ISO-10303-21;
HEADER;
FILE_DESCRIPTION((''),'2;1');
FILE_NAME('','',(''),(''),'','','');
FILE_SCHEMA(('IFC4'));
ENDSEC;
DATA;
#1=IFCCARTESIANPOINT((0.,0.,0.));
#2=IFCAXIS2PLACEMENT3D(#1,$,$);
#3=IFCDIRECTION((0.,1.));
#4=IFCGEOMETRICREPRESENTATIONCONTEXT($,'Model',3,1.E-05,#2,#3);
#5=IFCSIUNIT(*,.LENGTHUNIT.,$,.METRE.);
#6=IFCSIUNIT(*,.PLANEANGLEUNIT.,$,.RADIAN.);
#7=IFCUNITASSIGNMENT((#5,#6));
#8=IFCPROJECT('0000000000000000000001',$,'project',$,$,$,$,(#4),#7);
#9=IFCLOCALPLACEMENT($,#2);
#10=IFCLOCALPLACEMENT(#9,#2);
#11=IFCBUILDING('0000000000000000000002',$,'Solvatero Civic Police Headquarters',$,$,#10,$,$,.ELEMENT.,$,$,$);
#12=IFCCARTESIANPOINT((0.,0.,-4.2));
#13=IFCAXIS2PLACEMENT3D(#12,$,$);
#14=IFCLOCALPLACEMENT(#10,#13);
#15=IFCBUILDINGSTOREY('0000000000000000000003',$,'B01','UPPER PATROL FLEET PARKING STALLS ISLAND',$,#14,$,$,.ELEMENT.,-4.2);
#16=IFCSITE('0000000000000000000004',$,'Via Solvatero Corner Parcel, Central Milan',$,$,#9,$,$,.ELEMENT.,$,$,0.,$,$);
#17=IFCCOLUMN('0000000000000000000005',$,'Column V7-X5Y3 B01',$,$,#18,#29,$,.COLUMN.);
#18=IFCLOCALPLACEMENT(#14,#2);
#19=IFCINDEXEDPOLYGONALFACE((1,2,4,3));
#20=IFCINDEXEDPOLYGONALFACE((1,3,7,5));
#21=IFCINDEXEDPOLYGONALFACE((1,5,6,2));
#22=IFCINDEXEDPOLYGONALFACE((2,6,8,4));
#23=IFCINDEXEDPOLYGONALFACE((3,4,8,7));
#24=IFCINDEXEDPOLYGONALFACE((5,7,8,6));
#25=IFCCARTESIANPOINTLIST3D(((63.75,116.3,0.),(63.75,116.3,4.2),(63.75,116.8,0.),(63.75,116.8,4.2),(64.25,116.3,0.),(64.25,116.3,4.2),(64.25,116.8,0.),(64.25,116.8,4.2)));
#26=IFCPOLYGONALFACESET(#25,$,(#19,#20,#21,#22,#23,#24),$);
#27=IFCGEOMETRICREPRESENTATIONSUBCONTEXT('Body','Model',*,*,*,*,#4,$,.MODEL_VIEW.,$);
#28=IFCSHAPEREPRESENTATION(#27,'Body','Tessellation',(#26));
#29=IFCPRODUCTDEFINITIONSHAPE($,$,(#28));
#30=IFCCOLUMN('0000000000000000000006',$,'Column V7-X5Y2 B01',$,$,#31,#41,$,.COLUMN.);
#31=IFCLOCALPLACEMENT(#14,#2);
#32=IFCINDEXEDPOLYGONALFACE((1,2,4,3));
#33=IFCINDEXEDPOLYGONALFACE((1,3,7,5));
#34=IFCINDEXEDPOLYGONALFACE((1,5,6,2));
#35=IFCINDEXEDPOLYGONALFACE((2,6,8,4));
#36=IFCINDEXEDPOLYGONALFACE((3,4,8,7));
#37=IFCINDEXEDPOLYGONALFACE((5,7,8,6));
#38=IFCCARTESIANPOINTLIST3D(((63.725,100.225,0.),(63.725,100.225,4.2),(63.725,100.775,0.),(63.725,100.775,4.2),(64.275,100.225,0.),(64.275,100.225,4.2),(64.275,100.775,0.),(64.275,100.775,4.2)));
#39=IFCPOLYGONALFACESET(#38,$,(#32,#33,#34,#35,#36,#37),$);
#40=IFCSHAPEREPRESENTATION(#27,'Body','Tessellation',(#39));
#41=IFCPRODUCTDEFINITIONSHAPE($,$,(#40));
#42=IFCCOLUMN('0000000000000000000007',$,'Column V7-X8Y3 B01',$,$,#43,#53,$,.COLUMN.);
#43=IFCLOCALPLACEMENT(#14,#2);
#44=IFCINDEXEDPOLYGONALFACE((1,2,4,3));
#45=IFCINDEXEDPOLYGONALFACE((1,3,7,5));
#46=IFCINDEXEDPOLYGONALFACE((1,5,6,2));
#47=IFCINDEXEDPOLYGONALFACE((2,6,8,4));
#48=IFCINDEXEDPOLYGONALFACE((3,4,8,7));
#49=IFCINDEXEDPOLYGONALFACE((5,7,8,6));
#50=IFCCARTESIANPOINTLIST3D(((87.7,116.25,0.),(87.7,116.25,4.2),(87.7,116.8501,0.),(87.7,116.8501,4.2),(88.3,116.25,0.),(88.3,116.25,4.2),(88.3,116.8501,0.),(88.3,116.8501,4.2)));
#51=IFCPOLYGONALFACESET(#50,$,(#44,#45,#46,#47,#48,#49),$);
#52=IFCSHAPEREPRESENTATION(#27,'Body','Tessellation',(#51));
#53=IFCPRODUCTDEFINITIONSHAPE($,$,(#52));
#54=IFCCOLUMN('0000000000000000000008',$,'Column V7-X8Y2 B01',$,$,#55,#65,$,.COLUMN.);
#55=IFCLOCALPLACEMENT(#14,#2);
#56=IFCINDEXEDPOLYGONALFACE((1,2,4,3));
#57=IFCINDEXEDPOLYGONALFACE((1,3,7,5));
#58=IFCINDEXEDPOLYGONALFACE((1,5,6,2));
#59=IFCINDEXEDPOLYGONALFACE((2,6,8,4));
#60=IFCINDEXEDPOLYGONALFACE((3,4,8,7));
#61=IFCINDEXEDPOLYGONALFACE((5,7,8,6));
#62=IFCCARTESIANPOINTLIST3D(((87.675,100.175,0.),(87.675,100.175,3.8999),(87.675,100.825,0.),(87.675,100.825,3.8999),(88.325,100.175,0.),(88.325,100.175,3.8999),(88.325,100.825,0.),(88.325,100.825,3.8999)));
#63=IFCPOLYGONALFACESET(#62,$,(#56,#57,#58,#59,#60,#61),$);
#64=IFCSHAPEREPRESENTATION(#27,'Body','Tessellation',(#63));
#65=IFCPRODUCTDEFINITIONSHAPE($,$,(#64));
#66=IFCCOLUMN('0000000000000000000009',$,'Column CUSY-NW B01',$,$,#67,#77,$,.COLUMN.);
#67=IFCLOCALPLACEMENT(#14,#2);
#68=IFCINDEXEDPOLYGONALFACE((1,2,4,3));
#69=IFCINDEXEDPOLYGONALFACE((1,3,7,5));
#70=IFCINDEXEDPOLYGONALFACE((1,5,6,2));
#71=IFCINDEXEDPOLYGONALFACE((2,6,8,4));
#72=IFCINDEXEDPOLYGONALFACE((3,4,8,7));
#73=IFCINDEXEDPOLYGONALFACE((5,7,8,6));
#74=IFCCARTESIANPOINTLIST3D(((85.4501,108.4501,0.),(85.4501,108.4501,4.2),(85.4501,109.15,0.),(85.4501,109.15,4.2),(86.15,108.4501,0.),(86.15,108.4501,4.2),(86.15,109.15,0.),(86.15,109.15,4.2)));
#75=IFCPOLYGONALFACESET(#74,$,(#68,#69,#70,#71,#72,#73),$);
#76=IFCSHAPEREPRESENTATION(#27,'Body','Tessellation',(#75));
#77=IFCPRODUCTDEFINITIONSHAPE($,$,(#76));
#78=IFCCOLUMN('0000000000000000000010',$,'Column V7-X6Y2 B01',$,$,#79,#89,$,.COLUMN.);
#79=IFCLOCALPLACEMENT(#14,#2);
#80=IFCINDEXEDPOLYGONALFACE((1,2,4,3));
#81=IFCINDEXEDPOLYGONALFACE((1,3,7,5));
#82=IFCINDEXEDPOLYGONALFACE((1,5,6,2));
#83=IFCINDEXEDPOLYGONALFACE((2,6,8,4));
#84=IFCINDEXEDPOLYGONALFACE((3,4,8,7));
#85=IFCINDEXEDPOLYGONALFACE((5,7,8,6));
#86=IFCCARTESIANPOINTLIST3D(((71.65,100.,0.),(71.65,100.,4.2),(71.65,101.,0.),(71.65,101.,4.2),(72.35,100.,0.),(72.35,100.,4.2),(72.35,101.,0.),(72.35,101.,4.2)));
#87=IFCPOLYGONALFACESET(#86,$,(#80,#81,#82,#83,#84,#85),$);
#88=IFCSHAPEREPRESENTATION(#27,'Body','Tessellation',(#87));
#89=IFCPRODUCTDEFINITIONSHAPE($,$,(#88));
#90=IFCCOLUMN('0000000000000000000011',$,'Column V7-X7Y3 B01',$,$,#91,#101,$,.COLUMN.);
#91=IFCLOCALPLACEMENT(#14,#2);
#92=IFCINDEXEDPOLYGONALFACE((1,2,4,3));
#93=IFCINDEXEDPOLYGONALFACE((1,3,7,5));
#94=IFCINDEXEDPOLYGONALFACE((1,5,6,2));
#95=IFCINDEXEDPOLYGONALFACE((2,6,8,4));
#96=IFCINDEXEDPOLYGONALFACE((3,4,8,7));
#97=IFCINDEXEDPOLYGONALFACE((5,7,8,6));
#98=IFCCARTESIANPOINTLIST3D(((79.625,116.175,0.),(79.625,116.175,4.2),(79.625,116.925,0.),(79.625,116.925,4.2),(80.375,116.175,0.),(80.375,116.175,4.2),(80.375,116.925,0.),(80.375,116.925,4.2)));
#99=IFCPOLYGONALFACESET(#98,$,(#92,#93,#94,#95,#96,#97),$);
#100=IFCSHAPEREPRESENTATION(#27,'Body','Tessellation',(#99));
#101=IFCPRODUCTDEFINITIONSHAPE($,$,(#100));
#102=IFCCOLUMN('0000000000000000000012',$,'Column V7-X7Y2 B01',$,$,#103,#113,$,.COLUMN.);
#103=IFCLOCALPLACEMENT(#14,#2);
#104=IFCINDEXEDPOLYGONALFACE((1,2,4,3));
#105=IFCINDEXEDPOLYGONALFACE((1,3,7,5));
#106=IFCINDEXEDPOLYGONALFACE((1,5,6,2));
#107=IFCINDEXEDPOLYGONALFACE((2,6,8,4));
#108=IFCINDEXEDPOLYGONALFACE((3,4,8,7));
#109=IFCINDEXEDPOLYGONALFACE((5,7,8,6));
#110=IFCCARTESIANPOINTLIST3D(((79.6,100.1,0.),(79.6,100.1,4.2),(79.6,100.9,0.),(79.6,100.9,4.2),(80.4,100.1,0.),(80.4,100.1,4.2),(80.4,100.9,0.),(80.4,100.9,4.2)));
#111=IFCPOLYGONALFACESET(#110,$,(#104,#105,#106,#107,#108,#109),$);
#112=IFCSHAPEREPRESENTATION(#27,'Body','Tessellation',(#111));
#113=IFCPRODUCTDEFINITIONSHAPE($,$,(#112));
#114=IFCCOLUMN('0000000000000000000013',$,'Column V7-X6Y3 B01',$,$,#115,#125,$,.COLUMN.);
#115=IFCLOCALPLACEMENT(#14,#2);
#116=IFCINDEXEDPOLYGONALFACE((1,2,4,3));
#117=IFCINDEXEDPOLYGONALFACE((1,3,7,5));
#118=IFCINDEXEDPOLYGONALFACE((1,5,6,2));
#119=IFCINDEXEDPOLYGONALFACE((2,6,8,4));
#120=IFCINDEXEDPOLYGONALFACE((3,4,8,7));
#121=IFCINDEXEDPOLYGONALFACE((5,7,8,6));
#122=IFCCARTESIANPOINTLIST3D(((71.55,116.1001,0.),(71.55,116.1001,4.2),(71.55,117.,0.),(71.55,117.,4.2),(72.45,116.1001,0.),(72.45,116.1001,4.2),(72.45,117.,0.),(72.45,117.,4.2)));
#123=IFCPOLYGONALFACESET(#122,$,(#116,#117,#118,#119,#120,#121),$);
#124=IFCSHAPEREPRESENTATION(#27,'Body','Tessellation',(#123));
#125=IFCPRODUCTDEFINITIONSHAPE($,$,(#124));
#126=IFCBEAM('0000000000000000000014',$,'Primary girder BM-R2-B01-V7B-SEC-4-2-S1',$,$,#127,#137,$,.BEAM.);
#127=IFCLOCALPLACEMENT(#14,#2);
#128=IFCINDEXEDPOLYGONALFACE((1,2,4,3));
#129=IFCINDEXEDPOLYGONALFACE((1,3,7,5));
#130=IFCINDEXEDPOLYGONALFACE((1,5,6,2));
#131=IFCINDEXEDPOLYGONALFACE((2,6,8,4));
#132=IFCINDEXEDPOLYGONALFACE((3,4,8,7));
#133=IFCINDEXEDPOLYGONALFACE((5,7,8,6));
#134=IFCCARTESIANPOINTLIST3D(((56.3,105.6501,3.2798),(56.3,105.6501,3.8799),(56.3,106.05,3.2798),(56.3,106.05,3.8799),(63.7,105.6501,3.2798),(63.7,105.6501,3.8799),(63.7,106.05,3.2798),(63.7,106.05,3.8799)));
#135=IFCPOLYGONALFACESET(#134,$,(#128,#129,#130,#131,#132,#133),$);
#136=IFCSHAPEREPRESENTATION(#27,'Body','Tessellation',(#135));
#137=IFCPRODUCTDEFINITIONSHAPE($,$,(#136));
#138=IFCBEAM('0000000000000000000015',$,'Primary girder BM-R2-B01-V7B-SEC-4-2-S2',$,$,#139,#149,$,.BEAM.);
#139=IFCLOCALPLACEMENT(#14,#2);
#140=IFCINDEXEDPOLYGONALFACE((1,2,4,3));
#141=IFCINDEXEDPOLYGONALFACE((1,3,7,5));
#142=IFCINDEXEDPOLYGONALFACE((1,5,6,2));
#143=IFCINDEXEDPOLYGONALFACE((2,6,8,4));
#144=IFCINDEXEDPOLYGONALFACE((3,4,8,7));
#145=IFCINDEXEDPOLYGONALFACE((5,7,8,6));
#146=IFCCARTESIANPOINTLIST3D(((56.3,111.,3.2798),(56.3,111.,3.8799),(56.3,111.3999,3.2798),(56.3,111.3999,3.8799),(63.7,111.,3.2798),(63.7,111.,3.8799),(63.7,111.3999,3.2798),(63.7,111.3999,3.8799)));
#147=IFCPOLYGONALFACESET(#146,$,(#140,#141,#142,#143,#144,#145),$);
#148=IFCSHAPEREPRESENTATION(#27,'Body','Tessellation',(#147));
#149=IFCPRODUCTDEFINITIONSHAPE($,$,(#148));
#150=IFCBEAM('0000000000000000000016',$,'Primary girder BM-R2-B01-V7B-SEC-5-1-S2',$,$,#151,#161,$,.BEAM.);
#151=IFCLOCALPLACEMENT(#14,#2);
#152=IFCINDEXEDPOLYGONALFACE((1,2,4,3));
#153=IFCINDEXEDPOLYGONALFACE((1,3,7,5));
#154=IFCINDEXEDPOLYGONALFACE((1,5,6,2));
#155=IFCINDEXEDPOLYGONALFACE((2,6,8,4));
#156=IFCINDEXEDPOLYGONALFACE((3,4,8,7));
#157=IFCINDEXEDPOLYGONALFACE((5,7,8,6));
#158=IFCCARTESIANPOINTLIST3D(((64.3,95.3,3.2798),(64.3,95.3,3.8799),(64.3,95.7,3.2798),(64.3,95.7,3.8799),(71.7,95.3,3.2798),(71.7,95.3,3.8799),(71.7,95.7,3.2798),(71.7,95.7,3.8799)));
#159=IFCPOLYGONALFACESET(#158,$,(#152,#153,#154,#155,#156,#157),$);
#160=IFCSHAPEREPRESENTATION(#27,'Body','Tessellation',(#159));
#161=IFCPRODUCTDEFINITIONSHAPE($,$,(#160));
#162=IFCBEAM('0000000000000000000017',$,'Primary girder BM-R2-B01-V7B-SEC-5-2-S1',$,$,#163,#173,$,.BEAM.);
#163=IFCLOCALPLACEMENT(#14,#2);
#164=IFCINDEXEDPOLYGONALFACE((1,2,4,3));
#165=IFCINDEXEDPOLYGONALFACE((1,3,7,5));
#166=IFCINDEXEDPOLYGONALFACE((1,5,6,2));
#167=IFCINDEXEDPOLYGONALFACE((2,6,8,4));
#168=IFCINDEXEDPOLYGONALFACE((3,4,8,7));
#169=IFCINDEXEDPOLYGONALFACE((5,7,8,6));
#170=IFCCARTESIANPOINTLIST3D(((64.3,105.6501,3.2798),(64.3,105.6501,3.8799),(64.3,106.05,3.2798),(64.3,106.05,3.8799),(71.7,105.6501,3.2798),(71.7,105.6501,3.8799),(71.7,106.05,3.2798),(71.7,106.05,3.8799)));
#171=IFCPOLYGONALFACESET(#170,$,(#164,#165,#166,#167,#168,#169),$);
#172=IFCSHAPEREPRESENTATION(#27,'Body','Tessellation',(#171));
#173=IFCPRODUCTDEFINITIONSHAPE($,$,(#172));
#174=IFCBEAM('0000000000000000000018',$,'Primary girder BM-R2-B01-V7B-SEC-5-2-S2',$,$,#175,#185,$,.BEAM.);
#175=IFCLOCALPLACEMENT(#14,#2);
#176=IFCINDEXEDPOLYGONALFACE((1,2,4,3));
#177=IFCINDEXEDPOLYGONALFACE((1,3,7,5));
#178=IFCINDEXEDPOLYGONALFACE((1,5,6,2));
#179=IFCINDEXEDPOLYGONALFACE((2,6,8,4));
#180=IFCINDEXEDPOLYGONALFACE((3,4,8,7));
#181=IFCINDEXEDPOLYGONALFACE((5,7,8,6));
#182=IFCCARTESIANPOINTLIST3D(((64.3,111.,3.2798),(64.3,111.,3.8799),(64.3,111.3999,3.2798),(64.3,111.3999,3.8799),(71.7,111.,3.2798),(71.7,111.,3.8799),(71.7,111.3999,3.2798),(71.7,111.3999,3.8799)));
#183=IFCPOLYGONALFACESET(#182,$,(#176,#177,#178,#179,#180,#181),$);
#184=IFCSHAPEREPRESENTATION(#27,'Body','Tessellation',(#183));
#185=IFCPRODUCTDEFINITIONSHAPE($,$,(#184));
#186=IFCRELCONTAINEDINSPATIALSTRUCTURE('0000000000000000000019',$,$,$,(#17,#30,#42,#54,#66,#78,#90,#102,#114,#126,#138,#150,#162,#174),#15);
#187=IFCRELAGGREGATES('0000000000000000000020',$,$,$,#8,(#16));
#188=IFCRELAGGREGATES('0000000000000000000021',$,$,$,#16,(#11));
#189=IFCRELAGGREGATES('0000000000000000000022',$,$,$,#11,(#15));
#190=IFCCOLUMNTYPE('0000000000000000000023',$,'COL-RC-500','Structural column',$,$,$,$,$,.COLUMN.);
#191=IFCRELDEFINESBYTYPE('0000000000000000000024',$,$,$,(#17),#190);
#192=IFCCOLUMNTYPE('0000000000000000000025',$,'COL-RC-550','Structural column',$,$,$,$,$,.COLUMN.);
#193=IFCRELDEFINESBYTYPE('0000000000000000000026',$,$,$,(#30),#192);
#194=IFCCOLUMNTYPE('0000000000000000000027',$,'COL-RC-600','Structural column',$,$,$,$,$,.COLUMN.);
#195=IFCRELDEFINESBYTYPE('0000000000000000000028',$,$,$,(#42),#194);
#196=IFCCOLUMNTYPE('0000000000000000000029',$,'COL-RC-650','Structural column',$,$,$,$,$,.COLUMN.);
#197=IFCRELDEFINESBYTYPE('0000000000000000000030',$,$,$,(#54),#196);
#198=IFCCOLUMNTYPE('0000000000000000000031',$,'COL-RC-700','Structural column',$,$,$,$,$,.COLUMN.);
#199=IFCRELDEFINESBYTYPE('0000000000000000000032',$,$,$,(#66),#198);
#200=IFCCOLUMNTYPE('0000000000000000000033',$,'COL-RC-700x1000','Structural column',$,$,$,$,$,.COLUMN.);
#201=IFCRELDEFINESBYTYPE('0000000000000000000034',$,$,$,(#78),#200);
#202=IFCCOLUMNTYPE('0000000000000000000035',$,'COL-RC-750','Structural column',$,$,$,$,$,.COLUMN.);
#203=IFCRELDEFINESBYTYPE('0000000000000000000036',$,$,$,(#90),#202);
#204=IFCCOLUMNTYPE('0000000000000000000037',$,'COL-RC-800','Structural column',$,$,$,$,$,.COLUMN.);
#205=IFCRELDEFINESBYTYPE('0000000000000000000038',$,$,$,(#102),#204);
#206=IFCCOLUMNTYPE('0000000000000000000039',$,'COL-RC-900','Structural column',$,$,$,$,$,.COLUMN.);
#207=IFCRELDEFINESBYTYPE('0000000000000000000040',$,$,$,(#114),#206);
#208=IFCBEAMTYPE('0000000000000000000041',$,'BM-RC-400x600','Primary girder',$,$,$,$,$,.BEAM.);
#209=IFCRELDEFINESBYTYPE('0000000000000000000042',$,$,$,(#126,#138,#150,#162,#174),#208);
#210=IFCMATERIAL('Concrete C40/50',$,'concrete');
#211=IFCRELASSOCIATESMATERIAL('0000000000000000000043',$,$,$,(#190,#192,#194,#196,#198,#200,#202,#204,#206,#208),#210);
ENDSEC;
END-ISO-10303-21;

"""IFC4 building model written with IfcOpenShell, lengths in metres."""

from ifc_helpers import new_model, si_unit, direction, frame, origin, origin_2d, place, context, subcontext, project, spatial, rectangle, extrude, material, material_profile, profile_set, type_object, element, save


model = new_model("IFC4")

# Units and contexts
model_context = context("Model", 3, precision=1e-05, world=origin(), true_north=direction((0.0, 1.0)))
body_context = subcontext(model_context, "Body", "Model", "MODEL_VIEW")
ifc_project = project(units=[si_unit("LENGTHUNIT", "METRE"), si_unit("PLANEANGLEUNIT", "RADIAN")], contexts=[model_context])

# Site, building, storey
site_placement = place(None, origin())
site = spatial("IfcSite", under=ifc_project, at=site_placement, Name="Via Solvatero Corner Parcel, Central Milan", CompositionType="ELEMENT", RefElevation=0.0)
building_placement = place(site_placement, origin())
building = spatial("IfcBuilding", under=site, at=building_placement, Name="Solvatero Civic Police Headquarters", CompositionType="ELEMENT")
storey_placement = place(building_placement, frame((0.0, 0.0, -4.2)))
storey = spatial("IfcBuildingStorey", under=building, at=storey_placement, Name="B01", Description="UPPER PATROL FLEET PARKING STALLS ISLAND", CompositionType="ELEMENT", Elevation=-4.2)

# Columns
ifc_material_1 = material(Name="Concrete C40/50", Category="concrete")
ifc_material_profile_1 = material_profile(ifc_material_1, rectangle(XDim=0.5, YDim=0.5, at=origin_2d()), Name="RC 500x500")
ifc_profile_set_1 = profile_set([ifc_material_profile_1], Name="Concrete C40/50")
column_type_1 = type_object("IfcColumnType", Name="COL-RC-500", Description="Structural column", PredefinedType="COLUMN", material=ifc_profile_set_1)
column_1_placement = place(storey_placement, frame((64.0, 116.55, 0.0), z_axis=(0.0, 0.0, 1.0), x_axis=(1.0, 0.0, 0.0)))
element("IfcColumn", 1, at=column_1_placement, inside=storey, type_object=column_type_1, Name="Column V7-X5Y3 B01", PredefinedType="COLUMN", context=body_context, shape_type="SweptSolid", body=[
    extrude(rectangle(XDim=0.5, YDim=0.5, at=origin_2d()), origin(), (0.0, 0.0, 1.0), 4.2),
])
ifc_material_profile_2 = material_profile(ifc_material_1, rectangle(XDim=0.55, YDim=0.55, at=origin_2d()), Name="RC 550x550")
ifc_profile_set_2 = profile_set([ifc_material_profile_2], Name="Concrete C40/50")
column_type_2 = type_object("IfcColumnType", Name="COL-RC-550", Description="Structural column", PredefinedType="COLUMN", material=ifc_profile_set_2)
column_2_placement = place(storey_placement, frame((64.0, 100.5, 0.0), z_axis=(0.0, 0.0, 1.0), x_axis=(1.0, 0.0, 0.0)))
element("IfcColumn", 2, at=column_2_placement, inside=storey, type_object=column_type_2, Name="Column V7-X5Y2 B01", PredefinedType="COLUMN", context=body_context, shape_type="SweptSolid", body=[
    extrude(rectangle(XDim=0.55, YDim=0.55, at=origin_2d()), origin(), (0.0, 0.0, 1.0), 4.2),
])
ifc_material_profile_3 = material_profile(ifc_material_1, rectangle(XDim=0.6001, YDim=0.6001, at=origin_2d()), Name="RC 600x600")
ifc_profile_set_3 = profile_set([ifc_material_profile_3], Name="Concrete C40/50")
column_type_3 = type_object("IfcColumnType", Name="COL-RC-600", Description="Structural column", PredefinedType="COLUMN", material=ifc_profile_set_3)
column_3_placement = place(storey_placement, frame((88.0, 116.55, 0.0), z_axis=(0.0, 0.0, 1.0), x_axis=(1.0, 0.0, 0.0)))
element("IfcColumn", 3, at=column_3_placement, inside=storey, type_object=column_type_3, Name="Column V7-X8Y3 B01", PredefinedType="COLUMN", context=body_context, shape_type="SweptSolid", body=[
    extrude(rectangle(XDim=0.6001, YDim=0.6001, at=origin_2d()), origin(), (0.0, 0.0, 1.0), 4.2),
])
ifc_material_profile_4 = material_profile(ifc_material_1, rectangle(XDim=0.6499, YDim=0.6499, at=origin_2d()), Name="RC 650x650")
ifc_profile_set_4 = profile_set([ifc_material_profile_4], Name="Concrete C40/50")
column_type_4 = type_object("IfcColumnType", Name="COL-RC-650", Description="Structural column", PredefinedType="COLUMN", material=ifc_profile_set_4)
column_4_placement = place(storey_placement, frame((88.0, 100.5, 0.0), z_axis=(0.0, 0.0, 1.0), x_axis=(1.0, 0.0, 0.0)))
element("IfcColumn", 4, at=column_4_placement, inside=storey, type_object=column_type_4, Name="Column V7-X8Y2 B01", PredefinedType="COLUMN", context=body_context, shape_type="SweptSolid", body=[
    extrude(rectangle(XDim=0.6499, YDim=0.6499, at=origin_2d()), origin(), (0.0, 0.0, 1.0), 3.8999),
])
ifc_material_profile_5 = material_profile(ifc_material_1, rectangle(XDim=0.7, YDim=0.7, at=origin_2d()), Name="RC 700x700")
ifc_profile_set_5 = profile_set([ifc_material_profile_5], Name="Concrete C40/50")
column_type_5 = type_object("IfcColumnType", Name="COL-RC-700", Description="Structural column", PredefinedType="COLUMN", material=ifc_profile_set_5)
column_5_placement = place(storey_placement, frame((85.8, 108.8, 0.0), z_axis=(0.0, 0.0, 1.0), x_axis=(1.0, 0.0, 0.0)))
element("IfcColumn", 5, at=column_5_placement, inside=storey, type_object=column_type_5, Name="Column CUSY-NW B01", PredefinedType="COLUMN", context=body_context, shape_type="SweptSolid", body=[
    extrude(rectangle(XDim=0.7, YDim=0.7, at=origin_2d()), origin(), (0.0, 0.0, 1.0), 4.2),
])
ifc_material_profile_6 = material_profile(ifc_material_1, rectangle(XDim=0.7, YDim=1.0, at=origin_2d()), Name="RC 700x1000")
ifc_profile_set_6 = profile_set([ifc_material_profile_6], Name="Concrete C40/50")
column_type_6 = type_object("IfcColumnType", Name="COL-RC-700x1000", Description="Structural column", PredefinedType="COLUMN", material=ifc_profile_set_6)
column_6_placement = place(storey_placement, frame((72.0, 100.5, 0.0), z_axis=(0.0, 0.0, 1.0), x_axis=(1.0, 0.0, 0.0)))
element("IfcColumn", 6, at=column_6_placement, inside=storey, type_object=column_type_6, Name="Column V7-X6Y2 B01", PredefinedType="COLUMN", context=body_context, shape_type="SweptSolid", body=[
    extrude(rectangle(XDim=0.7, YDim=1.0, at=origin_2d()), origin(), (0.0, 0.0, 1.0), 4.2),
])
ifc_material_profile_7 = material_profile(ifc_material_1, rectangle(XDim=0.75, YDim=0.75, at=origin_2d()), Name="RC 750x750")
ifc_profile_set_7 = profile_set([ifc_material_profile_7], Name="Concrete C40/50")
column_type_7 = type_object("IfcColumnType", Name="COL-RC-750", Description="Structural column", PredefinedType="COLUMN", material=ifc_profile_set_7)
column_7_placement = place(storey_placement, frame((80.0, 116.55, 0.0), z_axis=(0.0, 0.0, 1.0), x_axis=(1.0, 0.0, 0.0)))
element("IfcColumn", 7, at=column_7_placement, inside=storey, type_object=column_type_7, Name="Column V7-X7Y3 B01", PredefinedType="COLUMN", context=body_context, shape_type="SweptSolid", body=[
    extrude(rectangle(XDim=0.75, YDim=0.75, at=origin_2d()), origin(), (0.0, 0.0, 1.0), 4.2),
])
ifc_material_profile_8 = material_profile(ifc_material_1, rectangle(XDim=0.8, YDim=0.8, at=origin_2d()), Name="RC 800x800")
ifc_profile_set_8 = profile_set([ifc_material_profile_8], Name="Concrete C40/50")
column_type_8 = type_object("IfcColumnType", Name="COL-RC-800", Description="Structural column", PredefinedType="COLUMN", material=ifc_profile_set_8)
column_8_placement = place(storey_placement, frame((80.0, 100.5, 0.0), z_axis=(0.0, 0.0, 1.0), x_axis=(1.0, 0.0, 0.0)))
element("IfcColumn", 8, at=column_8_placement, inside=storey, type_object=column_type_8, Name="Column V7-X7Y2 B01", PredefinedType="COLUMN", context=body_context, shape_type="SweptSolid", body=[
    extrude(rectangle(XDim=0.8, YDim=0.8, at=origin_2d()), origin(), (0.0, 0.0, 1.0), 4.2),
])
ifc_material_profile_9 = material_profile(ifc_material_1, rectangle(XDim=0.8999, YDim=0.8999, at=origin_2d()), Name="RC 900x900")
ifc_profile_set_9 = profile_set([ifc_material_profile_9], Name="Concrete C40/50")
column_type_9 = type_object("IfcColumnType", Name="COL-RC-900", Description="Structural column", PredefinedType="COLUMN", material=ifc_profile_set_9)
column_9_placement = place(storey_placement, frame((72.0, 116.55, 0.0), z_axis=(0.0, 0.0, 1.0), x_axis=(1.0, 0.0, 0.0)))
element("IfcColumn", 9, at=column_9_placement, inside=storey, type_object=column_type_9, Name="Column V7-X6Y3 B01", PredefinedType="COLUMN", context=body_context, shape_type="SweptSolid", body=[
    extrude(rectangle(XDim=0.8999, YDim=0.8999, at=origin_2d()), origin(), (0.0, 0.0, 1.0), 4.2),
])

# Beams
ifc_material_profile_10 = material_profile(ifc_material_1, rectangle(XDim=0.3999, YDim=0.6001, at=origin_2d()), Name="RC 400x600")
ifc_profile_set_10 = profile_set([ifc_material_profile_10], Name="Concrete C40/50")
beam_type_1 = type_object("IfcBeamType", Name="BM-RC-400x600", Description="Primary girder", PredefinedType="BEAM", material=ifc_profile_set_10)
for number, where, z_axis, x_axis, name in (
    (10, (56.3, 105.8501, 3.5798), (1.0, 0.0, 0.0), (0.0, 1.0, 0.0), "Primary girder BM-R2-B01-V7B-SEC-4-2-S1"),
    (11, (56.3, 111.2, 3.5798), (1.0, 0.0, 0.0), (0.0, 1.0, 0.0), "Primary girder BM-R2-B01-V7B-SEC-4-2-S2"),
    (12, (64.3, 95.5, 3.5798), (1.0, 0.0, 0.0), (0.0, 1.0, 0.0), "Primary girder BM-R2-B01-V7B-SEC-5-1-S2"),
    (13, (64.3, 105.8501, 3.5798), (1.0, 0.0, 0.0), (0.0, 1.0, 0.0), "Primary girder BM-R2-B01-V7B-SEC-5-2-S1"),
    (14, (64.3, 111.2, 3.5798), (1.0, 0.0, 0.0), (0.0, 1.0, 0.0), "Primary girder BM-R2-B01-V7B-SEC-5-2-S2"),
):
    element("IfcBeam", number, at=place(storey_placement, frame(where, z_axis=z_axis, x_axis=x_axis)), inside=storey, type_object=beam_type_1, Name=name, PredefinedType="BEAM", context=body_context, shape_type="SweptSolid", body=[
        extrude(rectangle(XDim=0.3999, YDim=0.6001, at=origin_2d()), origin(), (0.0, 0.0, 1.0), 7.3999),
    ])

save(model, "model.ifc")
